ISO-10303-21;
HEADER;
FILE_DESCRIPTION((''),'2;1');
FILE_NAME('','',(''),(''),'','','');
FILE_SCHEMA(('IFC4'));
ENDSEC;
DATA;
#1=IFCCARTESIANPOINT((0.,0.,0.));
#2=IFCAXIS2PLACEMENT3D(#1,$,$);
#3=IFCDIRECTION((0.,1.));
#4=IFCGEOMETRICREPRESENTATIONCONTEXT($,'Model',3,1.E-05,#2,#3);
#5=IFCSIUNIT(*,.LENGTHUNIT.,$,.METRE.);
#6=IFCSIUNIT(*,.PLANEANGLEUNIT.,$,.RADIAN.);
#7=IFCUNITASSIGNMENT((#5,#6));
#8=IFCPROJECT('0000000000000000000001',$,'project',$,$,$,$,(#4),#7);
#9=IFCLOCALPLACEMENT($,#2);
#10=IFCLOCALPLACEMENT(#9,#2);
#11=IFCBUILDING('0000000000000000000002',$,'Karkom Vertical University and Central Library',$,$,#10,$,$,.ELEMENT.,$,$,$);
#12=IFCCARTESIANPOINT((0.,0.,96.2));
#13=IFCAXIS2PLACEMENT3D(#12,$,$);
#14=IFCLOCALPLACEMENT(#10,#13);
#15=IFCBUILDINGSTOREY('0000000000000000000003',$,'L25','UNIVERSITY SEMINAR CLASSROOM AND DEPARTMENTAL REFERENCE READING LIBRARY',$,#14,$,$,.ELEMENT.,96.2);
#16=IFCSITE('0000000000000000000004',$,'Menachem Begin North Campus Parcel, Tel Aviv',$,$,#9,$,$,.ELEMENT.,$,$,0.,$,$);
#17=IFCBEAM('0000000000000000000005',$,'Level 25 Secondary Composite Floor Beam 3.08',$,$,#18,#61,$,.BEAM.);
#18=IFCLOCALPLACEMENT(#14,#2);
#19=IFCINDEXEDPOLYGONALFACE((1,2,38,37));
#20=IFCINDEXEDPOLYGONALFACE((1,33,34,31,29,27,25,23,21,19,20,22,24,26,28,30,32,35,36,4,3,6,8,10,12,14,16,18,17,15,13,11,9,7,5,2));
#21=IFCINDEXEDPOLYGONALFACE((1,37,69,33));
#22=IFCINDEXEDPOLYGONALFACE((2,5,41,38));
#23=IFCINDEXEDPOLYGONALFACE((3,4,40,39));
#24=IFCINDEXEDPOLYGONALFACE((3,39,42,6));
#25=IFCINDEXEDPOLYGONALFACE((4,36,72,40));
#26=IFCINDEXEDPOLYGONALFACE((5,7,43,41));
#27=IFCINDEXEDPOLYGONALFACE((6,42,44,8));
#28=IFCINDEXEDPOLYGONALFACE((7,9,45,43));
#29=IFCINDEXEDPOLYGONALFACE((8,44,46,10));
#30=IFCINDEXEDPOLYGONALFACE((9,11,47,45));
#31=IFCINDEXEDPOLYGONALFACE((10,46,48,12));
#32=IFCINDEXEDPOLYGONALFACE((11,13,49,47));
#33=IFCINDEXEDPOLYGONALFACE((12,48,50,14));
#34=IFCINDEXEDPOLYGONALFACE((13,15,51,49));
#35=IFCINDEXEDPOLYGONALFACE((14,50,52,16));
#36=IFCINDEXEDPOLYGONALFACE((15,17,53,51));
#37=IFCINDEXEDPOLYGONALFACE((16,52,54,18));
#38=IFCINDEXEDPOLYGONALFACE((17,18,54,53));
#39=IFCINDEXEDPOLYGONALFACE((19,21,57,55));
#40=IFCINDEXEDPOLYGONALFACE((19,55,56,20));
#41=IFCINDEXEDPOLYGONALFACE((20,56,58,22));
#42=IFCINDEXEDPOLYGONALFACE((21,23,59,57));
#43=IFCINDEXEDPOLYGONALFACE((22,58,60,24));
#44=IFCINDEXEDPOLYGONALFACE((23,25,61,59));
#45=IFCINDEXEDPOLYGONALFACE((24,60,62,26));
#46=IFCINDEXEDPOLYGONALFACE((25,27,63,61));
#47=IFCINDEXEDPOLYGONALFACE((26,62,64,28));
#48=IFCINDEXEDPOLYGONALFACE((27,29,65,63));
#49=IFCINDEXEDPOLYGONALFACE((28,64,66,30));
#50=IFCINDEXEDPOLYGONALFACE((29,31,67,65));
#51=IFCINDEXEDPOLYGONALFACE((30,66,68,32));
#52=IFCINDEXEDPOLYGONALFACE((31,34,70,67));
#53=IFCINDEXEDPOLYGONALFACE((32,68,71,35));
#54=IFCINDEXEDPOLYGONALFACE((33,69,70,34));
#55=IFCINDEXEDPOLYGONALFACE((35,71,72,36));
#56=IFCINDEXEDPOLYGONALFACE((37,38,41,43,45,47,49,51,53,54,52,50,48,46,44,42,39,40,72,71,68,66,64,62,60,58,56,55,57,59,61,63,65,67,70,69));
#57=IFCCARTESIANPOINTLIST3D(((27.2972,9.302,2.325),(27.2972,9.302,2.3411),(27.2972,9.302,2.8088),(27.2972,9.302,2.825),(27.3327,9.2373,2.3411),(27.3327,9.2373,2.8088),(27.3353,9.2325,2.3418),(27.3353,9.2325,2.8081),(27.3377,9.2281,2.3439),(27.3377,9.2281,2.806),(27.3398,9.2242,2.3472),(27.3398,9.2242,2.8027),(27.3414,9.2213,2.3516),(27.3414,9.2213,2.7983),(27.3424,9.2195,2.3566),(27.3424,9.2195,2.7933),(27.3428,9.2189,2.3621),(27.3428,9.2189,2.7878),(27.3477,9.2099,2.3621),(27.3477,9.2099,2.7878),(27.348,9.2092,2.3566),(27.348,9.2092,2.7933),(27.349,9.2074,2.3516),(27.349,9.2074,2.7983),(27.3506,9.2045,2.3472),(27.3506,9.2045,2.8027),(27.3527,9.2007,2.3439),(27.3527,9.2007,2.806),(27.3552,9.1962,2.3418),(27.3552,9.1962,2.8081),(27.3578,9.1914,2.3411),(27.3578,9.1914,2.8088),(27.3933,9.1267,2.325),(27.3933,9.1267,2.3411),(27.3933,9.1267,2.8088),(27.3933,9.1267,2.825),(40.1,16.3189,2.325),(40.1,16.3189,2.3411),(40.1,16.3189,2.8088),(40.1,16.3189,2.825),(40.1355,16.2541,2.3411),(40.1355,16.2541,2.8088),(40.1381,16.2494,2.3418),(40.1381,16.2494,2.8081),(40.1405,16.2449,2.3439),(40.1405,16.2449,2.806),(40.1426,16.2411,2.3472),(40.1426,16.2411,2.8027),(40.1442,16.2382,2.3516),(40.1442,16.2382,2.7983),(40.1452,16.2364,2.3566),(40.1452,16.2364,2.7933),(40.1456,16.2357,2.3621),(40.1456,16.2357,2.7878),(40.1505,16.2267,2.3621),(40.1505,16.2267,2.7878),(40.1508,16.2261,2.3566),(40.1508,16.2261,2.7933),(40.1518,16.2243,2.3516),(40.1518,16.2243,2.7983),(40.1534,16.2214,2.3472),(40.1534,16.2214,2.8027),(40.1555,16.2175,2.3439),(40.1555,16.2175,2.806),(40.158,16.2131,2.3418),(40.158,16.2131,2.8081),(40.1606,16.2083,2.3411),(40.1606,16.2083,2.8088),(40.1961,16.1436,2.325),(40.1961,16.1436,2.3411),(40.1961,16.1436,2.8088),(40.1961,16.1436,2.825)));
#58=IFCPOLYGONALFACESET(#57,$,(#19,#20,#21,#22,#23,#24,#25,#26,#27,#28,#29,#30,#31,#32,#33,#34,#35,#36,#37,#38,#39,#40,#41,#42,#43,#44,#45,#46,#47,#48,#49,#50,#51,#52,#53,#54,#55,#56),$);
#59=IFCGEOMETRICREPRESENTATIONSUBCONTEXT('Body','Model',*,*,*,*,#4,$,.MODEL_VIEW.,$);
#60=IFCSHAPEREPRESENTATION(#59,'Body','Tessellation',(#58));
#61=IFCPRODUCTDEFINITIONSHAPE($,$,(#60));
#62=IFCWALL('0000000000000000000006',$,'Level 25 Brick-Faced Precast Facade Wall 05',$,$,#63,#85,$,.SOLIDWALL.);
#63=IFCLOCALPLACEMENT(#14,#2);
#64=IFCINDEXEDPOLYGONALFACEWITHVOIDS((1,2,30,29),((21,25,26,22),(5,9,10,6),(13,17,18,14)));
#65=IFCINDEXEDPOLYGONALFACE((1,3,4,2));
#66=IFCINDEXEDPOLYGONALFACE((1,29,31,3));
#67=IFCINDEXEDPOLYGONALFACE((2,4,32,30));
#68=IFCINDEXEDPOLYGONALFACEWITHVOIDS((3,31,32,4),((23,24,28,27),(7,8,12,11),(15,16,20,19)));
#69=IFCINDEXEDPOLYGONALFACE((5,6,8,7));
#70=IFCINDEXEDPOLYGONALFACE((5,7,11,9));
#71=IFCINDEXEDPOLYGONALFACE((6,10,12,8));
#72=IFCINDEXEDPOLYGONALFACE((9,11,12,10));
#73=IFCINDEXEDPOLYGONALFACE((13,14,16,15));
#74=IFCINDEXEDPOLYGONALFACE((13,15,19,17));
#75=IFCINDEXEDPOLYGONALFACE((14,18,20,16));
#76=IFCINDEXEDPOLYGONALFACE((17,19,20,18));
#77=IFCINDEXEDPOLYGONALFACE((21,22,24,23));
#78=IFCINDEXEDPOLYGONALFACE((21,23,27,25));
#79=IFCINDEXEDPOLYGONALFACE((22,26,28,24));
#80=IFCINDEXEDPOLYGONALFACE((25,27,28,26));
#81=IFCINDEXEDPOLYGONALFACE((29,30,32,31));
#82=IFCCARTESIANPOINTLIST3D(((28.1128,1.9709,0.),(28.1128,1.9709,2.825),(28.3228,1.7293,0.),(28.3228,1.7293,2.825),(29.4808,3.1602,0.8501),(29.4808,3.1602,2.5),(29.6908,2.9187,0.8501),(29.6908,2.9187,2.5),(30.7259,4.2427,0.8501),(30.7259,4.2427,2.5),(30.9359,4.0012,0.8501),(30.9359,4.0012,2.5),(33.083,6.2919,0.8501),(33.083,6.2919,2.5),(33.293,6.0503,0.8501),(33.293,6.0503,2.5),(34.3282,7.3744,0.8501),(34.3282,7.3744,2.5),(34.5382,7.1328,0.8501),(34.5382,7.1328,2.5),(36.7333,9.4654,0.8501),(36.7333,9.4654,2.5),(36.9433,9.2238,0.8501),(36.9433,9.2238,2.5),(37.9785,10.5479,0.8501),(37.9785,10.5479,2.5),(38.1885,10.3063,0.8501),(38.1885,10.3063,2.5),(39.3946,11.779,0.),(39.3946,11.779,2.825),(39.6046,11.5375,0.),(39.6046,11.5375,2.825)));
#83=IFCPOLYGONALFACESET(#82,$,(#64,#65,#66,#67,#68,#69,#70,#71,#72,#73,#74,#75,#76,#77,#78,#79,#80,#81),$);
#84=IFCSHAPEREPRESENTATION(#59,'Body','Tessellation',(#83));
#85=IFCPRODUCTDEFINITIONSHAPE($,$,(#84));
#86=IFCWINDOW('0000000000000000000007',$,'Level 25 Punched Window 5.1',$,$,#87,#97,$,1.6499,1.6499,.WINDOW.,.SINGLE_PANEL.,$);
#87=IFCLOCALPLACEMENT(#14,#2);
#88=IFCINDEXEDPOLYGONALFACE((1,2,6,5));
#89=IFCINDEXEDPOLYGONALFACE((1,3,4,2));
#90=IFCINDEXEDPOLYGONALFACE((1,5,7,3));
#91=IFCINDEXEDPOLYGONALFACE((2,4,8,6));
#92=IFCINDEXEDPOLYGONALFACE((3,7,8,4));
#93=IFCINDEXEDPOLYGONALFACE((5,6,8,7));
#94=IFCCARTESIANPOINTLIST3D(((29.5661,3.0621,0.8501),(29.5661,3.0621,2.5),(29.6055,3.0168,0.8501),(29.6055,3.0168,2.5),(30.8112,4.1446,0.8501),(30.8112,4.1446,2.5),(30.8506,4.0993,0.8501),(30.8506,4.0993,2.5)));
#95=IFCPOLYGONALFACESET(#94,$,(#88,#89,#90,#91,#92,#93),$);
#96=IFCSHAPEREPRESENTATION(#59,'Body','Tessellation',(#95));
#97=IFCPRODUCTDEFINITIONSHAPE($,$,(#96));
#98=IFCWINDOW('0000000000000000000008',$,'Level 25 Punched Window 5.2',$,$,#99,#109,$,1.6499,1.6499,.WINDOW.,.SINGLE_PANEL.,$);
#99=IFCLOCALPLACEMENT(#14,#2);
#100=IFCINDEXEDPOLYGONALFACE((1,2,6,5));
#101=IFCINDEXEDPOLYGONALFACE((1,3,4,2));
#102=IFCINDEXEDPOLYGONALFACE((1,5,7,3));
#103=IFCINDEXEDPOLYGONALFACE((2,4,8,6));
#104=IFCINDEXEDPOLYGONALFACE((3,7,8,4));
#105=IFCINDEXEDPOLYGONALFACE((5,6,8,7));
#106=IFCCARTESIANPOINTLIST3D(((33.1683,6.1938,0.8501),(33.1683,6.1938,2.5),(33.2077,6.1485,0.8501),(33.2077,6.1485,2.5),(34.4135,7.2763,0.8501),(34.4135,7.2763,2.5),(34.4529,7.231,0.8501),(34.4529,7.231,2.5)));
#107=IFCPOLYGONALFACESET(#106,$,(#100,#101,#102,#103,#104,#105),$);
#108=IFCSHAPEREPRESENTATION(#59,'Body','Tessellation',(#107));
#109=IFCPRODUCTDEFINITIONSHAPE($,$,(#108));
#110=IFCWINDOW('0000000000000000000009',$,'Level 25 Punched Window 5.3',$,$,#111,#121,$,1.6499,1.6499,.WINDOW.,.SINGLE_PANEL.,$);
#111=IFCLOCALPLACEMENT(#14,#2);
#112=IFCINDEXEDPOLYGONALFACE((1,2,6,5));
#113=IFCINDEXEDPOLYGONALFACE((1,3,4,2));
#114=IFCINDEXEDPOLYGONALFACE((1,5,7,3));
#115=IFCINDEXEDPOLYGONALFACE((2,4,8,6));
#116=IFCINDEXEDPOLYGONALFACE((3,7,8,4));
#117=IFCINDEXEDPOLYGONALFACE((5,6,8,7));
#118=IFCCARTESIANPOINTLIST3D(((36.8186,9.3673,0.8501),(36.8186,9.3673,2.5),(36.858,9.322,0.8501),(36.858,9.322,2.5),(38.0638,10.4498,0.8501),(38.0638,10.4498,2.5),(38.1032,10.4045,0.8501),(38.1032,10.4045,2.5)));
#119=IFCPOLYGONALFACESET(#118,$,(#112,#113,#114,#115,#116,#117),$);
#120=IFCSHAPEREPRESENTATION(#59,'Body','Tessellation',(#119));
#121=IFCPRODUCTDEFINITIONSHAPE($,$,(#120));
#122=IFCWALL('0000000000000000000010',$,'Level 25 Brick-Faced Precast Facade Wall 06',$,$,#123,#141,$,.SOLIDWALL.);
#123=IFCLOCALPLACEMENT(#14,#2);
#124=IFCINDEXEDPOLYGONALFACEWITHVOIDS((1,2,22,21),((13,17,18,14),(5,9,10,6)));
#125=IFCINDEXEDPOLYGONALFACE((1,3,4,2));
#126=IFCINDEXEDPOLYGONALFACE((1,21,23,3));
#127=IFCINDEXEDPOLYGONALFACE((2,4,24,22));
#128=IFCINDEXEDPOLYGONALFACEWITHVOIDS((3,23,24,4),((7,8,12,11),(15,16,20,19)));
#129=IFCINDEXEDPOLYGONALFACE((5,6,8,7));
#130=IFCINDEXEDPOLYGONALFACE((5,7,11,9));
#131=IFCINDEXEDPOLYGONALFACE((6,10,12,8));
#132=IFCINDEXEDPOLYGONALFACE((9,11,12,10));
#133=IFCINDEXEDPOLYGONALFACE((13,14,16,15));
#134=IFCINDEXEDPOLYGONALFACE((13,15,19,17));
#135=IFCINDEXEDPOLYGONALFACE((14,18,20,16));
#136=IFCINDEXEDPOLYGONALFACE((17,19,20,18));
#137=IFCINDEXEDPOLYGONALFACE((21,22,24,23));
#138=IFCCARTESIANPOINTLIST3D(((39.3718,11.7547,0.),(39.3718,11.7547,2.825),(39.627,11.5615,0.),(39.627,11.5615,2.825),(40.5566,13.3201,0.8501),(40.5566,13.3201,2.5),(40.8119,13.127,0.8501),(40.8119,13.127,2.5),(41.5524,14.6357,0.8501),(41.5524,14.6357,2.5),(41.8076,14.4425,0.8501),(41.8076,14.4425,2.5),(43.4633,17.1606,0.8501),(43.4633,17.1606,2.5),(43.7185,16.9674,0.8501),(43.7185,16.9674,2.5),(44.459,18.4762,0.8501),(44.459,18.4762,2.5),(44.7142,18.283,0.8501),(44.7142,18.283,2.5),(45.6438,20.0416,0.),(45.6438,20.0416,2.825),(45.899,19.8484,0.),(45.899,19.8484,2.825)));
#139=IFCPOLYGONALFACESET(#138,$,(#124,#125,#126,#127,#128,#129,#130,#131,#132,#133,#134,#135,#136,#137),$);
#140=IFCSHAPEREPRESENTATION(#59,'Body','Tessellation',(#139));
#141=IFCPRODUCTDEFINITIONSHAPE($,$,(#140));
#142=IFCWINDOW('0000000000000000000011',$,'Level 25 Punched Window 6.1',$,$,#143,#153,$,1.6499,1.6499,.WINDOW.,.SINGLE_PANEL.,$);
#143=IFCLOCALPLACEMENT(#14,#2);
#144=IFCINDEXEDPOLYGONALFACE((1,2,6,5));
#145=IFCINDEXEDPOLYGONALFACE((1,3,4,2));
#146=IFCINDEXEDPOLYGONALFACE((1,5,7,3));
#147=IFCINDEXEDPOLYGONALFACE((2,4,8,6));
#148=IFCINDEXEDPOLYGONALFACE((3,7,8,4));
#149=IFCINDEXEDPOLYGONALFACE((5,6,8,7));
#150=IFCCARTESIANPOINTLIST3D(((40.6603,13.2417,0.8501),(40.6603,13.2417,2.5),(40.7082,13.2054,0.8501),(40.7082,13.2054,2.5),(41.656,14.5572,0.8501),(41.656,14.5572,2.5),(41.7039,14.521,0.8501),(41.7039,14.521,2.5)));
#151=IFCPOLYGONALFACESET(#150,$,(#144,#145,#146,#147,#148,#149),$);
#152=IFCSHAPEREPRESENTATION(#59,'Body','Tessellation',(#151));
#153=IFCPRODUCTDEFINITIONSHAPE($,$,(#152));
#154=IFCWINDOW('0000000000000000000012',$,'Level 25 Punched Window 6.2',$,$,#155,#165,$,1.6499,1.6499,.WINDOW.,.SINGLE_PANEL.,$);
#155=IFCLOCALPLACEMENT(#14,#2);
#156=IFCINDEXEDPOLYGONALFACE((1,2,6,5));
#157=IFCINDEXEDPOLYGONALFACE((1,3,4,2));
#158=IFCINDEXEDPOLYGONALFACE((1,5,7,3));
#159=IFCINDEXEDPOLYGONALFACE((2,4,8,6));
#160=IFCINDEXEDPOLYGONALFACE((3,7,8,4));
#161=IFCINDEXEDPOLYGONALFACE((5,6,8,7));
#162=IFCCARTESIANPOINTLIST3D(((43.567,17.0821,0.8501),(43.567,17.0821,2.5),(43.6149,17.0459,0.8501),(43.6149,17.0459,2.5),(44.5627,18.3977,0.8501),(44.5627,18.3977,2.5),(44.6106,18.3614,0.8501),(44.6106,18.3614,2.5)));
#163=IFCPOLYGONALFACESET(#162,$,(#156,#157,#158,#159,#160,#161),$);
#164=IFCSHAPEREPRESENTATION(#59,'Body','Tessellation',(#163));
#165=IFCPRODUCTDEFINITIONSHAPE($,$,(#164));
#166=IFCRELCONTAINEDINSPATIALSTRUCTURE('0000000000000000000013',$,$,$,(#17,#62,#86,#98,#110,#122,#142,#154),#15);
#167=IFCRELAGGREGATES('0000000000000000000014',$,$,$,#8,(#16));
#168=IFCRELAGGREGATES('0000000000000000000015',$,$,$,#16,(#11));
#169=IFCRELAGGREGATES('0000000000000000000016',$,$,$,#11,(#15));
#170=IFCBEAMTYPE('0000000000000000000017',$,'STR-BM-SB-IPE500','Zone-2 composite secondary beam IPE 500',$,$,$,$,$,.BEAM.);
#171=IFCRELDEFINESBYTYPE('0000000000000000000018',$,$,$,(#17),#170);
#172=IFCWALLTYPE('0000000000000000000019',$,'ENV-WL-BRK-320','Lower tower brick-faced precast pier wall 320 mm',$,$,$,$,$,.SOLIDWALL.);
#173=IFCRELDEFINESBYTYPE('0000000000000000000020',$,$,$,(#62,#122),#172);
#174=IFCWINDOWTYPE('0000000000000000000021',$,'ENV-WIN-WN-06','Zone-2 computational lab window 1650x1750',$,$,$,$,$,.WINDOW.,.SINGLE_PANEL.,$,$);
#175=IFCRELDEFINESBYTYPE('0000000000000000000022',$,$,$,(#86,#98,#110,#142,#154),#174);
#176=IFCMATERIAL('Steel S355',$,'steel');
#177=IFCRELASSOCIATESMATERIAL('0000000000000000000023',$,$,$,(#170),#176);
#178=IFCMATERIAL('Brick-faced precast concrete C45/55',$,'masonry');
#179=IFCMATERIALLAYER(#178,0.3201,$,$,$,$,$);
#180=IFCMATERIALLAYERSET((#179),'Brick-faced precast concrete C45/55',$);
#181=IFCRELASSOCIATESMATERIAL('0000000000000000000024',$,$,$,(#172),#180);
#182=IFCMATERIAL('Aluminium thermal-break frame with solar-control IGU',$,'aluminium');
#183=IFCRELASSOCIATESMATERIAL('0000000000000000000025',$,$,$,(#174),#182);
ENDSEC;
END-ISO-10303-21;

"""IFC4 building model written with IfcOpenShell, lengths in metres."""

from ifc_helpers import new_model, si_unit, direction, frame, frame_2d, origin, origin_with_axes, origin_2d, place, context, subcontext, project, spatial, rectangle, i_section, extrude, source, transform, mapped, material, layer, layer_set, material_profile, profile_set, type_object, element, fill, save


model = new_model("IFC4")

# Units and contexts
model_context = context("Model", 3, precision=1e-05, world=origin(), true_north=direction((0.0, 1.0)))
body_context = subcontext(model_context, "Body", "Model", "MODEL_VIEW")
ifc_project = project(units=[si_unit("LENGTHUNIT", "METRE"), si_unit("PLANEANGLEUNIT", "RADIAN")], contexts=[model_context])

# Site, building, storey
site_placement = place(None, origin())
site = spatial("IfcSite", under=ifc_project, at=site_placement, Name="Menachem Begin North Campus Parcel, Tel Aviv", CompositionType="ELEMENT", RefElevation=0.0)
building_placement = place(site_placement, origin())
building = spatial("IfcBuilding", under=site, at=building_placement, Name="Karkom Vertical University and Central Library", CompositionType="ELEMENT")
storey_placement = place(building_placement, frame((0.0, 0.0, 96.2)))
storey = spatial("IfcBuildingStorey", under=building, at=storey_placement, Name="L25", Description="UNIVERSITY SEMINAR CLASSROOM AND DEPARTMENTAL REFERENCE READING LIBRARY", CompositionType="ELEMENT", Elevation=96.2)

# Beam
ifc_material_1 = material(Name="Steel S355", Category="steel")
ifc_material_profile_1 = material_profile(ifc_material_1, i_section(OverallWidth=0.2, OverallDepth=0.5, WebThickness=0.0103, FlangeThickness=0.0161, FilletRadius=0.021, at=origin_2d()), Name="IPE 500")
ifc_profile_set_1 = profile_set([ifc_material_profile_1], Name="Steel S355")
beam_type_1 = type_object("IfcBeamType", Name="STR-BM-SB-IPE500", Description="Zone-2 composite secondary beam IPE 500", PredefinedType="BEAM", material=ifc_profile_set_1)
shared_shape_1 = source(origin_with_axes(), body_context, "Body", "SweptSolid", [
    extrude(i_section(OverallWidth=0.2, OverallDepth=0.5, WebThickness=0.0103, FlangeThickness=0.0161, FilletRadius=0.021, at=origin_2d()), origin(), (0.0, 0.0, 1.0), 14.5996),
])
beam_1_placement = place(storey_placement, frame((27.3452, 9.2144, 2.575), z_axis=(0.876928, 0.480622, 0.0), x_axis=(-0.480622, 0.876928, 0.0)))
element("IfcBeam", 1, at=beam_1_placement, inside=storey, type_object=beam_type_1, Name="Level 25 Secondary Composite Floor Beam 3.08", PredefinedType="BEAM", context=body_context, shape_type="MappedRepresentation", body=[
    mapped(shared_shape_1, transform((0.0, 0.0, 0.0), scale=1.0)),
])

# Walls, openings, windows
ifc_material_2 = material(Name="Brick-faced precast concrete C45/55", Category="masonry")
ifc_layer_1 = layer(ifc_material_2, 0.3201)
ifc_layer_set_1 = layer_set([ifc_layer_1], Name="Brick-faced precast concrete C45/55")
wall_type_1 = type_object("IfcWallType", Name="ENV-WL-BRK-320", Description="Lower tower brick-faced precast pier wall 320 mm", PredefinedType="SOLIDWALL", material=ifc_layer_set_1)
wall_1_placement = place(storey_placement, frame((28.2178, 1.8501, 0.0), z_axis=(0.0, 0.0, 1.0), x_axis=(0.754675, 0.656099, 0.0)))
wall_1 = element("IfcWall", 2, at=wall_1_placement, inside=storey, type_object=wall_type_1, Name="Level 25 Brick-Faced Precast Facade Wall 05", PredefinedType="SOLIDWALL", context=body_context, shape_type="SweptSolid", body=[
    extrude(rectangle(XDim=14.9492, YDim=0.3201, at=frame_2d((7.4746, 0.0))), origin(), (0.0, 0.0, 1.0), 2.825),
])
opening_1_placement = place(wall_1_placement, frame((1.8127, 0.0, 0.8501)))
opening_1 = element("IfcOpeningElement", 3, at=opening_1_placement, cuts=wall_1, PredefinedType="OPENING", context=body_context, shape_type="SweptSolid", body=[
    extrude(rectangle(XDim=1.6499, YDim=1.6499, at=frame_2d((0.825, 0.825))), frame((0.0, 0.1699, 0.0), z_axis=(0.0, -1.0, 0.0), x_axis=(1.0, 0.0, 0.0)), (0.0, 0.0, 1.0), 0.3401),
])
opening_2_placement = place(wall_1_placement, frame((6.5859, 0.0, 0.8501)))
opening_2 = element("IfcOpeningElement", 4, at=opening_2_placement, cuts=wall_1, PredefinedType="OPENING", context=body_context, shape_type="SweptSolid", body=[
    extrude(rectangle(XDim=1.6499, YDim=1.6499, at=frame_2d((0.825, 0.825))), frame((0.0, 0.1699, 0.0), z_axis=(0.0, -1.0, 0.0), x_axis=(1.0, 0.0, 0.0)), (0.0, 0.0, 1.0), 0.3401),
])
opening_3_placement = place(wall_1_placement, frame((11.4229, 0.0, 0.8501)))
opening_3 = element("IfcOpeningElement", 5, at=opening_3_placement, cuts=wall_1, PredefinedType="OPENING", context=body_context, shape_type="SweptSolid", body=[
    extrude(rectangle(XDim=1.6499, YDim=1.6499, at=frame_2d((0.825, 0.825))), frame((0.0, 0.1699, 0.0), z_axis=(0.0, -1.0, 0.0), x_axis=(1.0, 0.0, 0.0)), (0.0, 0.0, 1.0), 0.3401),
])
ifc_material_3 = material(Name="Aluminium thermal-break frame with solar-control IGU", Category="aluminium")
window_type = type_object("IfcWindowType", Name="ENV-WIN-WN-06", Description="Zone-2 computational lab window 1650x1750", PartitioningType="SINGLE_PANEL", PredefinedType="WINDOW", material=ifc_material_3)
shared_shape_2 = source(origin_with_axes(), body_context, "Body", "SweptSolid", [
    extrude(rectangle(XDim=1.6499, YDim=1.6499, at=frame_2d((0.825, 0.825))), frame((0.0, 0.03, 0.0), z_axis=(0.0, -1.0, 0.0), x_axis=(1.0, 0.0, 0.0)), (0.0, 0.0, 1.0), 0.0601),
])
window_1_placement = place(opening_1_placement, origin())
window_1 = element("IfcWindow", 6, at=window_1_placement, inside=storey, type_object=window_type, Name="Level 25 Punched Window 5.1", OverallHeight=1.6499, OverallWidth=1.6499, PartitioningType="SINGLE_PANEL", PredefinedType="WINDOW", context=body_context, shape_type="MappedRepresentation", body=[
    mapped(shared_shape_2, transform((0.0, 0.0, 0.0), scale=1.0)),
])
fill(opening_1, window_1)
window_2_placement = place(opening_2_placement, origin())
window_2 = element("IfcWindow", 7, at=window_2_placement, inside=storey, type_object=window_type, Name="Level 25 Punched Window 5.2", OverallHeight=1.6499, OverallWidth=1.6499, PartitioningType="SINGLE_PANEL", PredefinedType="WINDOW", context=body_context, shape_type="MappedRepresentation", body=[
    mapped(shared_shape_2, transform((0.0, 0.0, 0.0), scale=1.0)),
])
fill(opening_2, window_2)
window_3_placement = place(opening_3_placement, origin())
window_3 = element("IfcWindow", 8, at=window_3_placement, inside=storey, type_object=window_type, Name="Level 25 Punched Window 5.3", OverallHeight=1.6499, OverallWidth=1.6499, PartitioningType="SINGLE_PANEL", PredefinedType="WINDOW", context=body_context, shape_type="MappedRepresentation", body=[
    mapped(shared_shape_2, transform((0.0, 0.0, 0.0), scale=1.0)),
])
fill(opening_3, window_3)
wall_2_placement = place(storey_placement, frame((39.4995, 11.6582, 0.0), z_axis=(0.0, 0.0, 1.0), x_axis=(0.603494, 0.797368, 0.0)))
wall_2 = element("IfcWall", 9, at=wall_2_placement, inside=storey, type_object=wall_type_1, Name="Level 25 Brick-Faced Precast Facade Wall 06", PredefinedType="SOLIDWALL", context=body_context, shape_type="SweptSolid", body=[
    extrude(rectangle(XDim=10.3928, YDim=0.3201, at=frame_2d((5.1963, 0.0))), origin(), (0.0, 0.0, 1.0), 2.825),
])
opening_4_placement = place(wall_2_placement, frame((1.9631, 0.0, 0.8501)))
opening_4 = element("IfcOpeningElement", 10, at=opening_4_placement, cuts=wall_2, PredefinedType="OPENING", context=body_context, shape_type="SweptSolid", body=[
    extrude(rectangle(XDim=1.6499, YDim=1.6499, at=frame_2d((0.825, 0.825))), frame((0.0, 0.1699, 0.0), z_axis=(0.0, -1.0, 0.0), x_axis=(1.0, 0.0, 0.0)), (0.0, 0.0, 1.0), 0.3401),
])
opening_5_placement = place(wall_2_placement, frame((6.7795, 0.0, 0.8501)))
opening_5 = element("IfcOpeningElement", 11, at=opening_5_placement, cuts=wall_2, PredefinedType="OPENING", context=body_context, shape_type="SweptSolid", body=[
    extrude(rectangle(XDim=1.6499, YDim=1.6499, at=frame_2d((0.825, 0.825))), frame((0.0, 0.1699, 0.0), z_axis=(0.0, -1.0, 0.0), x_axis=(1.0, 0.0, 0.0)), (0.0, 0.0, 1.0), 0.3401),
])
window_4_placement = place(opening_4_placement, origin())
window_4 = element("IfcWindow", 12, at=window_4_placement, inside=storey, type_object=window_type, Name="Level 25 Punched Window 6.1", OverallHeight=1.6499, OverallWidth=1.6499, PartitioningType="SINGLE_PANEL", PredefinedType="WINDOW", context=body_context, shape_type="MappedRepresentation", body=[
    mapped(shared_shape_2, transform((0.0, 0.0, 0.0), scale=1.0)),
])
fill(opening_4, window_4)
window_5_placement = place(opening_5_placement, origin())
window_5 = element("IfcWindow", 13, at=window_5_placement, inside=storey, type_object=window_type, Name="Level 25 Punched Window 6.2", OverallHeight=1.6499, OverallWidth=1.6499, PartitioningType="SINGLE_PANEL", PredefinedType="WINDOW", context=body_context, shape_type="MappedRepresentation", body=[
    mapped(shared_shape_2, transform((0.0, 0.0, 0.0), scale=1.0)),
])
fill(opening_5, window_5)

save(model, "model.ifc")
